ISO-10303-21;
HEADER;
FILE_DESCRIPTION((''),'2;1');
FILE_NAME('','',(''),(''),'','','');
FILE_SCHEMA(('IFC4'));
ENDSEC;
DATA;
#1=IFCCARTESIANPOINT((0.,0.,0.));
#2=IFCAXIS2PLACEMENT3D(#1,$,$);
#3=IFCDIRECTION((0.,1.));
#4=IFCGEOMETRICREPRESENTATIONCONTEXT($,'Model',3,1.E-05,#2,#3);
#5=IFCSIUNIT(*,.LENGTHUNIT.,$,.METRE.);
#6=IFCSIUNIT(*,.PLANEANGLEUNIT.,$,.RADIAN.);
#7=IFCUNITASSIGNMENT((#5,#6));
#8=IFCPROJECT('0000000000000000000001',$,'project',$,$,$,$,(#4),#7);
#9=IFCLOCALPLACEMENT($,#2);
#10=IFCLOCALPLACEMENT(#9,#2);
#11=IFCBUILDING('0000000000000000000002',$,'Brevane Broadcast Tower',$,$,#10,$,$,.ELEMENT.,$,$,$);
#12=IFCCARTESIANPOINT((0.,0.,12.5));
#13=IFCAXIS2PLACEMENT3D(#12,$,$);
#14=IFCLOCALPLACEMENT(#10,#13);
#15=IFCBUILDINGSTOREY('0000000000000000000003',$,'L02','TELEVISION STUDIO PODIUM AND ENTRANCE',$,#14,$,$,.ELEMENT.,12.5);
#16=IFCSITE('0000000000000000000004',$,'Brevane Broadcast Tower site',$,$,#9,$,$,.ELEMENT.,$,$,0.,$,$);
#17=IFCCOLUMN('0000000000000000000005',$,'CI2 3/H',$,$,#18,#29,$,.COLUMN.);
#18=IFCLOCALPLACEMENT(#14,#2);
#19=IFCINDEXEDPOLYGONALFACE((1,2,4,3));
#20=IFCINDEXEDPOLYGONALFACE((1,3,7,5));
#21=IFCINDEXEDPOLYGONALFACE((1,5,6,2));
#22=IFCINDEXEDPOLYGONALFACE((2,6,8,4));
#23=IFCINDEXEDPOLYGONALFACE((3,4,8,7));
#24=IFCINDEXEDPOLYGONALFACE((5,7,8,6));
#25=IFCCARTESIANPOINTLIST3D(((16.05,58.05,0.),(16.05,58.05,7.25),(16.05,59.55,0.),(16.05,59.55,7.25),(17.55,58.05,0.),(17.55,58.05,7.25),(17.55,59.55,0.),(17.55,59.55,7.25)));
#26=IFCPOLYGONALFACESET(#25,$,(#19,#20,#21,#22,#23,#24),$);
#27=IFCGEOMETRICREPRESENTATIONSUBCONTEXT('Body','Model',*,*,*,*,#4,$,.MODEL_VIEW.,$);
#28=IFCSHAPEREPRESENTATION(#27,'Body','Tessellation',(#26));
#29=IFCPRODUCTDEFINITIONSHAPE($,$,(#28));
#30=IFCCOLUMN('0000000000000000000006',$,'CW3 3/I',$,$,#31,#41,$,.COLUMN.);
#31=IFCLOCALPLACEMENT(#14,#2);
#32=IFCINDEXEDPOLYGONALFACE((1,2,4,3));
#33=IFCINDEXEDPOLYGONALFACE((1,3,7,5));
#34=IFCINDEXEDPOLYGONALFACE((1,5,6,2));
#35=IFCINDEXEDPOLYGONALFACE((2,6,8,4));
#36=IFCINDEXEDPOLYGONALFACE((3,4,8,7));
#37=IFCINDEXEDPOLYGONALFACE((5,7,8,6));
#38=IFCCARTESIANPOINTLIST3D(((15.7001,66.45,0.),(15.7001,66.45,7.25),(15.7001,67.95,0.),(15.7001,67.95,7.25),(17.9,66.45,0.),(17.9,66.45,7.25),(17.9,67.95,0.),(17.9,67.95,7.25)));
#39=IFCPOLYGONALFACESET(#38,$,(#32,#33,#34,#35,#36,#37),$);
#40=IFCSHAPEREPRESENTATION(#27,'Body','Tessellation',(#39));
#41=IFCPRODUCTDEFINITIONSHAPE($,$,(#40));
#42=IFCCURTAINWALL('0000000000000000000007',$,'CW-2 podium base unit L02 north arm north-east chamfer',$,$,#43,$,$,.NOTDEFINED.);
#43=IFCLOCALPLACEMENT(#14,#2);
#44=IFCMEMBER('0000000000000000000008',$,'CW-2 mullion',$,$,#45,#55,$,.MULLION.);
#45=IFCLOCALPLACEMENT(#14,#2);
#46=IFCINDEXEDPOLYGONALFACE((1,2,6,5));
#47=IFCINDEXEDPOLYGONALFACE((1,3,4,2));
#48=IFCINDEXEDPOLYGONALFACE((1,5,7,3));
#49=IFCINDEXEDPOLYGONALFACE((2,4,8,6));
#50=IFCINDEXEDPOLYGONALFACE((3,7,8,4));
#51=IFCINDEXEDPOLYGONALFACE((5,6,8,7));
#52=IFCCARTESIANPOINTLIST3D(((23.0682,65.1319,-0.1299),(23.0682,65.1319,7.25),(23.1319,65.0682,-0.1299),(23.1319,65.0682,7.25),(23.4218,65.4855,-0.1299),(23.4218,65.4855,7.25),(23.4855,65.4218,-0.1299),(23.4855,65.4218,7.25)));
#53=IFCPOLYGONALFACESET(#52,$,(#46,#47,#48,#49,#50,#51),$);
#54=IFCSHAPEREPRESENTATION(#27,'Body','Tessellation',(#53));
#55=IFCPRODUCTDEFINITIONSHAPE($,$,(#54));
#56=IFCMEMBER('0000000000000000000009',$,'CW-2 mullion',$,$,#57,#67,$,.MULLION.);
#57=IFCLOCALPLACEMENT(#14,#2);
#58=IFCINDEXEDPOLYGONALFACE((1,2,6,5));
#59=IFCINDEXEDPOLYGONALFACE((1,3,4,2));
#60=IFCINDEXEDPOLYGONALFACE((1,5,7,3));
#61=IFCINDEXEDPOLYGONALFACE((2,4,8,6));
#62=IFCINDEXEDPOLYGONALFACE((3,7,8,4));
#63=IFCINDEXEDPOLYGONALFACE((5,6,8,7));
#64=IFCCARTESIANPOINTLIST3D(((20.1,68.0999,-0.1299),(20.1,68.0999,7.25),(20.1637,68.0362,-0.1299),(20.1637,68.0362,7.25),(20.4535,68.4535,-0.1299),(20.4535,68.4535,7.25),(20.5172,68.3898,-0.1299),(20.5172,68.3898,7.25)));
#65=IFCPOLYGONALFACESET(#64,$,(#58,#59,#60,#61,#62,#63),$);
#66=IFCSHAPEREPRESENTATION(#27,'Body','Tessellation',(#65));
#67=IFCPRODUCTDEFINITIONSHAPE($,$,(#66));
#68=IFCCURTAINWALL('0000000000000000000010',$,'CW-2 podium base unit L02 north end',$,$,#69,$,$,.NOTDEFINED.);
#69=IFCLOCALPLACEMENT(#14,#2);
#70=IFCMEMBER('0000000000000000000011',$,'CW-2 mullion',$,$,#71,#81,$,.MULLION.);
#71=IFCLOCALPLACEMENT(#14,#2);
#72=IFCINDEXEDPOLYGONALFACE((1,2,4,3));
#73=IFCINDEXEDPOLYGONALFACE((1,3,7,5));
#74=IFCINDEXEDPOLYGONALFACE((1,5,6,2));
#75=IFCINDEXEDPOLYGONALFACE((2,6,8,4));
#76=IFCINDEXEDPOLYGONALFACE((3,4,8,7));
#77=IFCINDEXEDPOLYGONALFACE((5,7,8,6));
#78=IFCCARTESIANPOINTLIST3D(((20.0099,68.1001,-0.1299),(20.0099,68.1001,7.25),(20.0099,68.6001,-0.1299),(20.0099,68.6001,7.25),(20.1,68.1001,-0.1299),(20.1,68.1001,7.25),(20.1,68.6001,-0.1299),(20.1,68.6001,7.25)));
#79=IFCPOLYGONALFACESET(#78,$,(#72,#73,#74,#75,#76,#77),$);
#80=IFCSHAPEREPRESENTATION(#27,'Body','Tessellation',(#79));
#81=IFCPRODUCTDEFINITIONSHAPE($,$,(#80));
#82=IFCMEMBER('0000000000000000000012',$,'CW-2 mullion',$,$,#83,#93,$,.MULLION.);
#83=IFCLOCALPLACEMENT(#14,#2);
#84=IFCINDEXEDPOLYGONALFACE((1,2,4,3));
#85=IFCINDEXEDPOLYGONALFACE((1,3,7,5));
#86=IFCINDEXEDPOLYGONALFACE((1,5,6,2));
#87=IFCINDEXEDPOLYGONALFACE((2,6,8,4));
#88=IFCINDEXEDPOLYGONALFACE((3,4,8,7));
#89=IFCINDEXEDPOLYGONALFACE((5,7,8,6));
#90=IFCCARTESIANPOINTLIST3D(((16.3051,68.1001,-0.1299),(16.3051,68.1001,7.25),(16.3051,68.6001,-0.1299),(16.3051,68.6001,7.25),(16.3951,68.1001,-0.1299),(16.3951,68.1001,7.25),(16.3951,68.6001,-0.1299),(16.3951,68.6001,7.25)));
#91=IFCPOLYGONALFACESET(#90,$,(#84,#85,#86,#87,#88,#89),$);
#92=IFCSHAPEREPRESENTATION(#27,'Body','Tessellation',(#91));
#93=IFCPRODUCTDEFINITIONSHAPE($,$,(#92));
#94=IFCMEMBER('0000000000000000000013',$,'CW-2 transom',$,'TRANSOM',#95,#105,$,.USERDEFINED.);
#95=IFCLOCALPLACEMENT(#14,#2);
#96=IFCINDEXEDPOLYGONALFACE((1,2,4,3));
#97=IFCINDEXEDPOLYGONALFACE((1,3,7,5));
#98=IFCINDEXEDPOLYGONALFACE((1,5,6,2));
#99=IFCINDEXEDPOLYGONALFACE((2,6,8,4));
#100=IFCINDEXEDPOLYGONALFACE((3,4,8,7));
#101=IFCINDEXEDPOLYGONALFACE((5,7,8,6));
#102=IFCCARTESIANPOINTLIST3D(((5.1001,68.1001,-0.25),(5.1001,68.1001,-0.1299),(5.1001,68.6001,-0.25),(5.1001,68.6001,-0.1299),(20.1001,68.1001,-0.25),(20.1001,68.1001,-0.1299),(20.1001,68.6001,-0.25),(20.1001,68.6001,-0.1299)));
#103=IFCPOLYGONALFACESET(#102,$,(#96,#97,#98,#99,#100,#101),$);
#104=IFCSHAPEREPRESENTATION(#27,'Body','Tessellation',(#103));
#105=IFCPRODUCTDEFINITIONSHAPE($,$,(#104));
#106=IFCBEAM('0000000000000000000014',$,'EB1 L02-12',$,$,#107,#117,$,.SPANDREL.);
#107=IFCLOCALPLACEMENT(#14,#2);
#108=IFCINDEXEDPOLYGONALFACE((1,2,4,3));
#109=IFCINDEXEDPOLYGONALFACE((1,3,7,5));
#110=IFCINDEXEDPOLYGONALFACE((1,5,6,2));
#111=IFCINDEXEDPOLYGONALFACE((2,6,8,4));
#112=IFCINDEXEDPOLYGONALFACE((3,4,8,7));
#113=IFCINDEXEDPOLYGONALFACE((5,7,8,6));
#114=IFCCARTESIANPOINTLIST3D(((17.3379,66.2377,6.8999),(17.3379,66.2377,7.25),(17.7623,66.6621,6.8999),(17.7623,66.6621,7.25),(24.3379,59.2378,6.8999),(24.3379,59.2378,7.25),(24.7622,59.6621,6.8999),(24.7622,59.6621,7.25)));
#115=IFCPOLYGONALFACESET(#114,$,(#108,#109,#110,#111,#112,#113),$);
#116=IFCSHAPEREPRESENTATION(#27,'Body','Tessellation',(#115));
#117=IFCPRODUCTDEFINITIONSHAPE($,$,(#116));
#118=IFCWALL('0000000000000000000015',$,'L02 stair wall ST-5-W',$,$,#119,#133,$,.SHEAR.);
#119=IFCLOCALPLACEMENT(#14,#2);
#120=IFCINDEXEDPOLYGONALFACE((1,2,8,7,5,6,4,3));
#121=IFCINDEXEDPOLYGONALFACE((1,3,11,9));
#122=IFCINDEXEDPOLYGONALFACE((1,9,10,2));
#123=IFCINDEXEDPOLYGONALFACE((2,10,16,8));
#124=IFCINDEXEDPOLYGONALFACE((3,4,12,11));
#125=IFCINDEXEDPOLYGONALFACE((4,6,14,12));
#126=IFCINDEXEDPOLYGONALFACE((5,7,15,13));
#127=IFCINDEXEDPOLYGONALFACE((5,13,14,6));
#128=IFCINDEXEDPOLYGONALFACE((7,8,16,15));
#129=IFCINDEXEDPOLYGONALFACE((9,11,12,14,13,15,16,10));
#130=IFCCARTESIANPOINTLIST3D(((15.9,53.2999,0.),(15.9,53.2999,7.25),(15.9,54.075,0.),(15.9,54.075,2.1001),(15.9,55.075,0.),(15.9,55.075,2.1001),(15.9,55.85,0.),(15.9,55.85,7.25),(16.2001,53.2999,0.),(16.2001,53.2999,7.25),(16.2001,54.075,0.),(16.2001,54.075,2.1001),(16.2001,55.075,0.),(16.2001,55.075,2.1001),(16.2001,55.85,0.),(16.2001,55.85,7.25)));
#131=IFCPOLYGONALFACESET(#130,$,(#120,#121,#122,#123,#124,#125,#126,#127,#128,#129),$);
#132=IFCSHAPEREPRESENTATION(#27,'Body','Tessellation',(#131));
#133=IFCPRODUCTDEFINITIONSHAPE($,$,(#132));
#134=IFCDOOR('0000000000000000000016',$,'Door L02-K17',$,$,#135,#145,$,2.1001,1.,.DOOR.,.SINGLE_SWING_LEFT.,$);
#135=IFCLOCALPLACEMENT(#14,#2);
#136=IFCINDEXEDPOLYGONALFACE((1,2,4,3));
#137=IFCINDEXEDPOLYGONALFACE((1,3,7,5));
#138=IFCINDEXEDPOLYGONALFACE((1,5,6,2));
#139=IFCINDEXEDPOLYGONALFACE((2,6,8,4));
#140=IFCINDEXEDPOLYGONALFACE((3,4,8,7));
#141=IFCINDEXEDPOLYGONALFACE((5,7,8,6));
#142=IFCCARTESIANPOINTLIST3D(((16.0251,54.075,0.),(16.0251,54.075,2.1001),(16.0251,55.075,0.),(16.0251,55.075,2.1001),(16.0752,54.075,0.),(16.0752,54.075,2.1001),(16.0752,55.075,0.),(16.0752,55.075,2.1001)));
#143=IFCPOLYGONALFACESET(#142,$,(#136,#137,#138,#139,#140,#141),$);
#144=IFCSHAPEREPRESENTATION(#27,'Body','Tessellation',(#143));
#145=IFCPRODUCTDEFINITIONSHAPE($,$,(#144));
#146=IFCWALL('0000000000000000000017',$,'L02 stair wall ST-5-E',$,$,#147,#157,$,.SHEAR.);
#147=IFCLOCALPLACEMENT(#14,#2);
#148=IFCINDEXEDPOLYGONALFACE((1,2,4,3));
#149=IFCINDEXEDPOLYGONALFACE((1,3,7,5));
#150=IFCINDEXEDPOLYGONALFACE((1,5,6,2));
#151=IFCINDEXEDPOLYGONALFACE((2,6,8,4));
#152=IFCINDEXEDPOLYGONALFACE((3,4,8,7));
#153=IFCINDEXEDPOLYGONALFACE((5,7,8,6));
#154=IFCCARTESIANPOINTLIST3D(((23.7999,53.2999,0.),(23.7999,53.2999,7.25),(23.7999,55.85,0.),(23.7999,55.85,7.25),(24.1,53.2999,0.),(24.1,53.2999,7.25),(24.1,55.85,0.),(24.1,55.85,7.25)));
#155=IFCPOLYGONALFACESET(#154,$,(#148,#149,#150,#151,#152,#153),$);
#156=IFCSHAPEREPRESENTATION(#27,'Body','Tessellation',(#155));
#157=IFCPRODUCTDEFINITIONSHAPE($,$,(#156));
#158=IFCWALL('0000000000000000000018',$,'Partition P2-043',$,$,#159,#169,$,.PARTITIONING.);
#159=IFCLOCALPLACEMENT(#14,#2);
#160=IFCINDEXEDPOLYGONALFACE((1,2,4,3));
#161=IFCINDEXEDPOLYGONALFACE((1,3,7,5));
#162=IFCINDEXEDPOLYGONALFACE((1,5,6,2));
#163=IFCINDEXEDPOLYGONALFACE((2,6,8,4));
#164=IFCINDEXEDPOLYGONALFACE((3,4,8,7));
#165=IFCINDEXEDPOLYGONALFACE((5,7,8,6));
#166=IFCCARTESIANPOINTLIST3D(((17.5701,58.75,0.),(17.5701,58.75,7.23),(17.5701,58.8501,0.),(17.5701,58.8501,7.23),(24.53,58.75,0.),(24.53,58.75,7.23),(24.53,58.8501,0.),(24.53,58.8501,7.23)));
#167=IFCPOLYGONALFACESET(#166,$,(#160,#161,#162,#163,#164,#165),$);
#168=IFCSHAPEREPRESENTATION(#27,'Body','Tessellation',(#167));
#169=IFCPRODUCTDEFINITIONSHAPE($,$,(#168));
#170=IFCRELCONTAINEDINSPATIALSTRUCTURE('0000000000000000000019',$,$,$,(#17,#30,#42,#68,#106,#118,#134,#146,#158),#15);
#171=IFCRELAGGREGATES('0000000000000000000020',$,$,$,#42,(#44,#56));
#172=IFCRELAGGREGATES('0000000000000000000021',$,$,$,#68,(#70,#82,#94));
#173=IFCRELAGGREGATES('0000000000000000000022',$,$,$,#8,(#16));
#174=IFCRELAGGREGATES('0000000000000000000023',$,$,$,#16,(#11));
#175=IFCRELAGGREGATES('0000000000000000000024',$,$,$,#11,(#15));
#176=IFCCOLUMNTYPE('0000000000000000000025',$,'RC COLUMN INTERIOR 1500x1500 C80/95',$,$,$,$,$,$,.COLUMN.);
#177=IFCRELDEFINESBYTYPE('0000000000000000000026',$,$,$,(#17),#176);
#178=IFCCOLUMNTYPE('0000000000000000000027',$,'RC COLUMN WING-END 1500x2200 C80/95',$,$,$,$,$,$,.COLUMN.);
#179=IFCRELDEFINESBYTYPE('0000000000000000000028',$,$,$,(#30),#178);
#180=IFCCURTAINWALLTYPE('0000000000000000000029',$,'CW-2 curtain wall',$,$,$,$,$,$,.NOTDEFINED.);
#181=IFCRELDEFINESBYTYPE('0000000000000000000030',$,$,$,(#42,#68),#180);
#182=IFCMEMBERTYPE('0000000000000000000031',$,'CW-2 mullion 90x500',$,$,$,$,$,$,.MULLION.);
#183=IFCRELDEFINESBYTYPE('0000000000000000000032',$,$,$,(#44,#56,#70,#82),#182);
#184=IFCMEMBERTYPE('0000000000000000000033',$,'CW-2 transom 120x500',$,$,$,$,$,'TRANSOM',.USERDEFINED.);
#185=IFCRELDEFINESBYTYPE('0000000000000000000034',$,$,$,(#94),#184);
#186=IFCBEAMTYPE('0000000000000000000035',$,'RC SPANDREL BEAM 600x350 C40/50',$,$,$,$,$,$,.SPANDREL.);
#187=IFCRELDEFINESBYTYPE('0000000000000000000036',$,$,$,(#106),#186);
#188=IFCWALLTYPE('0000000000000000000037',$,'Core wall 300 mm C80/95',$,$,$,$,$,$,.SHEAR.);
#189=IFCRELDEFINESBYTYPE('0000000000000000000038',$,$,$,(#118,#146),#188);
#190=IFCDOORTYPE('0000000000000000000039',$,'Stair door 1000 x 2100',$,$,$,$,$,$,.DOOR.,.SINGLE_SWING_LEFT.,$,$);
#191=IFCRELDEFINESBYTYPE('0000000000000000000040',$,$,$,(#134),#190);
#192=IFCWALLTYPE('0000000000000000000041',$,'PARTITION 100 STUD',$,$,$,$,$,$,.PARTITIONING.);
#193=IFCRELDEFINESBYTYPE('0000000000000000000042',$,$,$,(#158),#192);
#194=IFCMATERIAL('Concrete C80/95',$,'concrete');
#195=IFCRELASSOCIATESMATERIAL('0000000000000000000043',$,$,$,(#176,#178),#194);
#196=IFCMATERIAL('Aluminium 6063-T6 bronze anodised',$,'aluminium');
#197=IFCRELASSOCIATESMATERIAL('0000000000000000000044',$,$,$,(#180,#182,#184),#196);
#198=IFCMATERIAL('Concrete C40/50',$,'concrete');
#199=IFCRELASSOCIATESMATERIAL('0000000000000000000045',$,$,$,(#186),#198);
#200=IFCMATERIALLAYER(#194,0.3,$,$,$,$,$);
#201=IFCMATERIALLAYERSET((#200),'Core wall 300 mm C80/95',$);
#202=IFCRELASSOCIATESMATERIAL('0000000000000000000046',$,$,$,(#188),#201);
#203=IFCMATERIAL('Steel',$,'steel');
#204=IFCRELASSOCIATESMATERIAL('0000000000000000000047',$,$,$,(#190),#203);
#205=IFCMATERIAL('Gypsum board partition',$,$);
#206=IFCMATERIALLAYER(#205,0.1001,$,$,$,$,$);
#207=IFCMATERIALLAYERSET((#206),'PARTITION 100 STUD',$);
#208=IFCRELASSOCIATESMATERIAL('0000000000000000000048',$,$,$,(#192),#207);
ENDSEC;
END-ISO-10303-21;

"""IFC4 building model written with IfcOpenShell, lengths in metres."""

from ifc_helpers import new_model, si_unit, direction, frame, frame_2d, origin, origin_2d, place, context, subcontext, project, spatial, rectangle, extrude, material, layer, layer_set, material_profile, profile_set, type_object, element, fill, aggregate, save


model = new_model("IFC4")

# Units and contexts
model_context = context("Model", 3, precision=1e-05, world=origin(), true_north=direction((0.0, 1.0)))
body_context = subcontext(model_context, "Body", "Model", "MODEL_VIEW")
ifc_project = project(units=[si_unit("LENGTHUNIT", "METRE"), si_unit("PLANEANGLEUNIT", "RADIAN")], contexts=[model_context])

# Site, building, storey
site_placement = place(None, origin())
site = spatial("IfcSite", under=ifc_project, at=site_placement, Name="Brevane Broadcast Tower site", CompositionType="ELEMENT", RefElevation=0.0)
building_placement = place(site_placement, origin())
building = spatial("IfcBuilding", under=site, at=building_placement, Name="Brevane Broadcast Tower", CompositionType="ELEMENT")
storey_placement = place(building_placement, frame((0.0, 0.0, 12.5)))
storey = spatial("IfcBuildingStorey", under=building, at=storey_placement, Name="L02", Description="TELEVISION STUDIO PODIUM AND ENTRANCE", CompositionType="ELEMENT", Elevation=12.5)

# Columns
ifc_material_1 = material(Name="Concrete C80/95", Category="concrete")
ifc_material_profile_1 = material_profile(ifc_material_1, rectangle(XDim=1.5, YDim=1.5, at=origin_2d()), Name="RC 1500x1500")
ifc_profile_set_1 = profile_set([ifc_material_profile_1], Name="Concrete C80/95")
column_type_1 = type_object("IfcColumnType", Name="RC COLUMN INTERIOR 1500x1500 C80/95", PredefinedType="COLUMN", material=ifc_profile_set_1)
column_1_placement = place(storey_placement, frame((16.8, 58.8, 0.0), z_axis=(0.0, 0.0, 1.0), x_axis=(1.0, 0.0, 0.0)))
element("IfcColumn", 1, at=column_1_placement, inside=storey, type_object=column_type_1, Name="CI2 3/H", PredefinedType="COLUMN", context=body_context, shape_type="SweptSolid", body=[
    extrude(rectangle(XDim=1.5, YDim=1.5, at=origin_2d()), origin(), (0.0, 0.0, 1.0), 7.25),
])
ifc_material_profile_2 = material_profile(ifc_material_1, rectangle(XDim=1.5, YDim=2.2, at=origin_2d()), Name="RC 1500x2200")
ifc_profile_set_2 = profile_set([ifc_material_profile_2], Name="Concrete C80/95")
column_type_2 = type_object("IfcColumnType", Name="RC COLUMN WING-END 1500x2200 C80/95", PredefinedType="COLUMN", material=ifc_profile_set_2)
column_2_placement = place(storey_placement, frame((16.8, 67.2, 0.0), z_axis=(0.0, 0.0, 1.0), x_axis=(0.0, 1.0, 0.0)))
element("IfcColumn", 2, at=column_2_placement, inside=storey, type_object=column_type_2, Name="CW3 3/I", PredefinedType="COLUMN", context=body_context, shape_type="SweptSolid", body=[
    extrude(rectangle(XDim=1.5, YDim=2.2, at=origin_2d()), origin(), (0.0, 0.0, 1.0), 7.25),
])

# Curtain walls, members
ifc_material_2 = material(Name="Aluminium 6063-T6 bronze anodised", Category="aluminium")
curtain_wall_type = type_object("IfcCurtainWallType", Name="CW-2 curtain wall", PredefinedType="NOTDEFINED", material=ifc_material_2)
curtain_wall_1_placement = place(storey_placement, origin())
curtain_wall_1 = element("IfcCurtainWall", 3, at=curtain_wall_1_placement, inside=storey, type_object=curtain_wall_type, Name="CW-2 podium base unit L02 north arm north-east chamfer", PredefinedType="NOTDEFINED")
ifc_material_profile_3 = material_profile(ifc_material_2, rectangle(XDim=0.5, YDim=0.0901, at=origin_2d()), Name="RECT 90x500")
ifc_profile_set_3 = profile_set([ifc_material_profile_3], Name="Aluminium 6063-T6 bronze anodised")
member_type_1 = type_object("IfcMemberType", Name="CW-2 mullion 90x500", PredefinedType="MULLION", material=ifc_profile_set_3)
member_1_placement = place(storey_placement, frame((23.2769, 65.2769, -0.1299), z_axis=(0.0, 0.0, 1.0), x_axis=(-0.707107, -0.707107, 0.0)))
member_1 = element("IfcMember", 4, at=member_1_placement, type_object=member_type_1, Name="CW-2 mullion", PredefinedType="MULLION", context=body_context, shape_type="SweptSolid", body=[
    extrude(rectangle(XDim=0.5, YDim=0.0901, at=origin_2d()), origin(), (0.0, 0.0, 1.0), 7.3799),
])
member_2_placement = place(storey_placement, frame((20.3086, 68.2449, -0.1299), z_axis=(0.0, 0.0, 1.0), x_axis=(-0.707107, -0.707107, 0.0)))
member_2 = element("IfcMember", 5, at=member_2_placement, type_object=member_type_1, Name="CW-2 mullion", PredefinedType="MULLION", context=body_context, shape_type="SweptSolid", body=[
    extrude(rectangle(XDim=0.5, YDim=0.0901, at=origin_2d()), origin(), (0.0, 0.0, 1.0), 7.3799),
])
aggregate(curtain_wall_1, [member_1, member_2])
curtain_wall_2_placement = place(storey_placement, origin())
curtain_wall_2 = element("IfcCurtainWall", 6, at=curtain_wall_2_placement, inside=storey, type_object=curtain_wall_type, Name="CW-2 podium base unit L02 north end", PredefinedType="NOTDEFINED")
member_3_placement = place(storey_placement, frame((20.0549, 68.3501, -0.1299), z_axis=(0.0, 0.0, 1.0), x_axis=(0.0, -1.0, 0.0)))
member_3 = element("IfcMember", 7, at=member_3_placement, type_object=member_type_1, Name="CW-2 mullion", PredefinedType="MULLION", context=body_context, shape_type="SweptSolid", body=[
    extrude(rectangle(XDim=0.5, YDim=0.0901, at=origin_2d()), origin(), (0.0, 0.0, 1.0), 7.3799),
])
member_4_placement = place(storey_placement, frame((16.3501, 68.3501, -0.1299), z_axis=(0.0, 0.0, 1.0), x_axis=(0.0, -1.0, 0.0)))
member_4 = element("IfcMember", 8, at=member_4_placement, type_object=member_type_1, Name="CW-2 mullion", PredefinedType="MULLION", context=body_context, shape_type="SweptSolid", body=[
    extrude(rectangle(XDim=0.5, YDim=0.0901, at=origin_2d()), origin(), (0.0, 0.0, 1.0), 7.3799),
])
ifc_material_profile_4 = material_profile(ifc_material_2, rectangle(XDim=0.5, YDim=0.1201, at=origin_2d()), Name="RECT 120x500")
ifc_profile_set_4 = profile_set([ifc_material_profile_4], Name="Aluminium 6063-T6 bronze anodised")
member_type_2 = type_object("IfcMemberType", Name="CW-2 transom 120x500", ElementType="TRANSOM", PredefinedType="USERDEFINED", material=ifc_profile_set_4)
member_5_placement = place(storey_placement, frame((20.1001, 68.3501, -0.1899), z_axis=(-1.0, 0.0, 0.0), x_axis=(0.0, -1.0, 0.0)))
member_5 = element("IfcMember", 9, at=member_5_placement, type_object=member_type_2, Name="CW-2 transom", ObjectType="TRANSOM", PredefinedType="USERDEFINED", context=body_context, shape_type="SweptSolid", body=[
    extrude(rectangle(XDim=0.5, YDim=0.1201, at=origin_2d()), origin(), (0.0, 0.0, 1.0), 15.0),
])
aggregate(curtain_wall_2, [member_3, member_4, member_5])

# Beam
ifc_material_3 = material(Name="Concrete C40/50", Category="concrete")
ifc_material_profile_5 = material_profile(ifc_material_3, rectangle(XDim=0.6001, YDim=0.3501, at=origin_2d()), Name="RC 600x350")
ifc_profile_set_5 = profile_set([ifc_material_profile_5], Name="Concrete C40/50")
beam_type = type_object("IfcBeamType", Name="RC SPANDREL BEAM 600x350 C40/50", PredefinedType="SPANDREL", material=ifc_profile_set_5)
beam_placement = place(storey_placement, frame((24.55, 59.45, 7.075), z_axis=(-0.707107, 0.707107, 0.0), x_axis=(-0.707107, -0.707107, 0.0)))
element("IfcBeam", 10, at=beam_placement, inside=storey, type_object=beam_type, Name="EB1 L02-12", PredefinedType="SPANDREL", context=body_context, shape_type="SweptSolid", body=[
    extrude(rectangle(XDim=0.6001, YDim=0.3501, at=origin_2d()), origin(), (0.0, 0.0, 1.0), 9.8994),
])

# Wall, opening, door
ifc_layer_1 = layer(ifc_material_1, 0.3)
ifc_layer_set_1 = layer_set([ifc_layer_1], Name="Core wall 300 mm C80/95")
wall_type_1 = type_object("IfcWallType", Name="Core wall 300 mm C80/95", PredefinedType="SHEAR", material=ifc_layer_set_1)
wall_1_placement = place(storey_placement, frame((16.05, 53.3, 0.0), z_axis=(0.0, 0.0, 1.0), x_axis=(0.0, 1.0, 0.0)))
wall_1 = element("IfcWall", 11, at=wall_1_placement, inside=storey, type_object=wall_type_1, Name="L02 stair wall ST-5-W", PredefinedType="SHEAR", context=body_context, shape_type="SweptSolid", body=[
    extrude(rectangle(XDim=2.55, YDim=0.3, at=frame_2d((1.2749, 0.0))), origin(), (0.0, 0.0, 1.0), 7.25),
])
opening_placement = place(wall_1_placement, frame((0.7749, 0.0, 0.0)))
opening = element("IfcOpeningElement", 12, at=opening_placement, cuts=wall_1, PredefinedType="OPENING", context=body_context, shape_type="SweptSolid", body=[
    extrude(rectangle(XDim=1.0, YDim=2.1001, at=frame_2d((0.5, 1.05))), frame((0.0, 0.1599, 0.0), z_axis=(0.0, -1.0, 0.0), x_axis=(1.0, 0.0, 0.0)), (0.0, 0.0, 1.0), 0.3201),
])
ifc_material_4 = material(Name="Steel", Category="steel")
door_type = type_object("IfcDoorType", Name="Stair door 1000 x 2100", OperationType="SINGLE_SWING_LEFT", PredefinedType="DOOR", material=ifc_material_4)
door_placement = place(opening_placement, origin())
door = element("IfcDoor", 13, at=door_placement, inside=storey, type_object=door_type, Name="Door L02-K17", OperationType="SINGLE_SWING_LEFT", OverallHeight=2.1001, OverallWidth=1.0, PredefinedType="DOOR", context=body_context, shape_type="SweptSolid", body=[
    extrude(rectangle(XDim=1.0, YDim=2.1001, at=frame_2d((0.5, 1.05))), frame((0.0, 0.0249, 0.0), z_axis=(0.0, -1.0, 0.0), x_axis=(1.0, 0.0, 0.0)), (0.0, 0.0, 1.0), 0.05),
])
fill(opening, door)

# Walls
wall_2_placement = place(storey_placement, frame((23.95, 53.3, 0.0), z_axis=(0.0, 0.0, 1.0), x_axis=(0.0, 1.0, 0.0)))
element("IfcWall", 14, at=wall_2_placement, inside=storey, type_object=wall_type_1, Name="L02 stair wall ST-5-E", PredefinedType="SHEAR", context=body_context, shape_type="SweptSolid", body=[
    extrude(rectangle(XDim=2.55, YDim=0.3, at=frame_2d((1.2749, 0.0))), origin(), (0.0, 0.0, 1.0), 7.25),
])
ifc_material_5 = material(Name="Gypsum board partition")
ifc_layer_2 = layer(ifc_material_5, 0.1001)
ifc_layer_set_2 = layer_set([ifc_layer_2], Name="PARTITION 100 STUD")
wall_type_2 = type_object("IfcWallType", Name="PARTITION 100 STUD", PredefinedType="PARTITIONING", material=ifc_layer_set_2)
wall_3_placement = place(storey_placement, frame((17.5701, 58.8, 0.0), z_axis=(0.0, 0.0, 1.0), x_axis=(1.0, 0.0, 0.0)))
element("IfcWall", 15, at=wall_3_placement, inside=storey, type_object=wall_type_2, Name="Partition P2-043", PredefinedType="PARTITIONING", context=body_context, shape_type="SweptSolid", body=[
    extrude(rectangle(XDim=6.96, YDim=0.1001, at=frame_2d((3.48, 0.0))), origin(), (0.0, 0.0, 1.0), 7.23),
])

save(model, "model.ifc")
